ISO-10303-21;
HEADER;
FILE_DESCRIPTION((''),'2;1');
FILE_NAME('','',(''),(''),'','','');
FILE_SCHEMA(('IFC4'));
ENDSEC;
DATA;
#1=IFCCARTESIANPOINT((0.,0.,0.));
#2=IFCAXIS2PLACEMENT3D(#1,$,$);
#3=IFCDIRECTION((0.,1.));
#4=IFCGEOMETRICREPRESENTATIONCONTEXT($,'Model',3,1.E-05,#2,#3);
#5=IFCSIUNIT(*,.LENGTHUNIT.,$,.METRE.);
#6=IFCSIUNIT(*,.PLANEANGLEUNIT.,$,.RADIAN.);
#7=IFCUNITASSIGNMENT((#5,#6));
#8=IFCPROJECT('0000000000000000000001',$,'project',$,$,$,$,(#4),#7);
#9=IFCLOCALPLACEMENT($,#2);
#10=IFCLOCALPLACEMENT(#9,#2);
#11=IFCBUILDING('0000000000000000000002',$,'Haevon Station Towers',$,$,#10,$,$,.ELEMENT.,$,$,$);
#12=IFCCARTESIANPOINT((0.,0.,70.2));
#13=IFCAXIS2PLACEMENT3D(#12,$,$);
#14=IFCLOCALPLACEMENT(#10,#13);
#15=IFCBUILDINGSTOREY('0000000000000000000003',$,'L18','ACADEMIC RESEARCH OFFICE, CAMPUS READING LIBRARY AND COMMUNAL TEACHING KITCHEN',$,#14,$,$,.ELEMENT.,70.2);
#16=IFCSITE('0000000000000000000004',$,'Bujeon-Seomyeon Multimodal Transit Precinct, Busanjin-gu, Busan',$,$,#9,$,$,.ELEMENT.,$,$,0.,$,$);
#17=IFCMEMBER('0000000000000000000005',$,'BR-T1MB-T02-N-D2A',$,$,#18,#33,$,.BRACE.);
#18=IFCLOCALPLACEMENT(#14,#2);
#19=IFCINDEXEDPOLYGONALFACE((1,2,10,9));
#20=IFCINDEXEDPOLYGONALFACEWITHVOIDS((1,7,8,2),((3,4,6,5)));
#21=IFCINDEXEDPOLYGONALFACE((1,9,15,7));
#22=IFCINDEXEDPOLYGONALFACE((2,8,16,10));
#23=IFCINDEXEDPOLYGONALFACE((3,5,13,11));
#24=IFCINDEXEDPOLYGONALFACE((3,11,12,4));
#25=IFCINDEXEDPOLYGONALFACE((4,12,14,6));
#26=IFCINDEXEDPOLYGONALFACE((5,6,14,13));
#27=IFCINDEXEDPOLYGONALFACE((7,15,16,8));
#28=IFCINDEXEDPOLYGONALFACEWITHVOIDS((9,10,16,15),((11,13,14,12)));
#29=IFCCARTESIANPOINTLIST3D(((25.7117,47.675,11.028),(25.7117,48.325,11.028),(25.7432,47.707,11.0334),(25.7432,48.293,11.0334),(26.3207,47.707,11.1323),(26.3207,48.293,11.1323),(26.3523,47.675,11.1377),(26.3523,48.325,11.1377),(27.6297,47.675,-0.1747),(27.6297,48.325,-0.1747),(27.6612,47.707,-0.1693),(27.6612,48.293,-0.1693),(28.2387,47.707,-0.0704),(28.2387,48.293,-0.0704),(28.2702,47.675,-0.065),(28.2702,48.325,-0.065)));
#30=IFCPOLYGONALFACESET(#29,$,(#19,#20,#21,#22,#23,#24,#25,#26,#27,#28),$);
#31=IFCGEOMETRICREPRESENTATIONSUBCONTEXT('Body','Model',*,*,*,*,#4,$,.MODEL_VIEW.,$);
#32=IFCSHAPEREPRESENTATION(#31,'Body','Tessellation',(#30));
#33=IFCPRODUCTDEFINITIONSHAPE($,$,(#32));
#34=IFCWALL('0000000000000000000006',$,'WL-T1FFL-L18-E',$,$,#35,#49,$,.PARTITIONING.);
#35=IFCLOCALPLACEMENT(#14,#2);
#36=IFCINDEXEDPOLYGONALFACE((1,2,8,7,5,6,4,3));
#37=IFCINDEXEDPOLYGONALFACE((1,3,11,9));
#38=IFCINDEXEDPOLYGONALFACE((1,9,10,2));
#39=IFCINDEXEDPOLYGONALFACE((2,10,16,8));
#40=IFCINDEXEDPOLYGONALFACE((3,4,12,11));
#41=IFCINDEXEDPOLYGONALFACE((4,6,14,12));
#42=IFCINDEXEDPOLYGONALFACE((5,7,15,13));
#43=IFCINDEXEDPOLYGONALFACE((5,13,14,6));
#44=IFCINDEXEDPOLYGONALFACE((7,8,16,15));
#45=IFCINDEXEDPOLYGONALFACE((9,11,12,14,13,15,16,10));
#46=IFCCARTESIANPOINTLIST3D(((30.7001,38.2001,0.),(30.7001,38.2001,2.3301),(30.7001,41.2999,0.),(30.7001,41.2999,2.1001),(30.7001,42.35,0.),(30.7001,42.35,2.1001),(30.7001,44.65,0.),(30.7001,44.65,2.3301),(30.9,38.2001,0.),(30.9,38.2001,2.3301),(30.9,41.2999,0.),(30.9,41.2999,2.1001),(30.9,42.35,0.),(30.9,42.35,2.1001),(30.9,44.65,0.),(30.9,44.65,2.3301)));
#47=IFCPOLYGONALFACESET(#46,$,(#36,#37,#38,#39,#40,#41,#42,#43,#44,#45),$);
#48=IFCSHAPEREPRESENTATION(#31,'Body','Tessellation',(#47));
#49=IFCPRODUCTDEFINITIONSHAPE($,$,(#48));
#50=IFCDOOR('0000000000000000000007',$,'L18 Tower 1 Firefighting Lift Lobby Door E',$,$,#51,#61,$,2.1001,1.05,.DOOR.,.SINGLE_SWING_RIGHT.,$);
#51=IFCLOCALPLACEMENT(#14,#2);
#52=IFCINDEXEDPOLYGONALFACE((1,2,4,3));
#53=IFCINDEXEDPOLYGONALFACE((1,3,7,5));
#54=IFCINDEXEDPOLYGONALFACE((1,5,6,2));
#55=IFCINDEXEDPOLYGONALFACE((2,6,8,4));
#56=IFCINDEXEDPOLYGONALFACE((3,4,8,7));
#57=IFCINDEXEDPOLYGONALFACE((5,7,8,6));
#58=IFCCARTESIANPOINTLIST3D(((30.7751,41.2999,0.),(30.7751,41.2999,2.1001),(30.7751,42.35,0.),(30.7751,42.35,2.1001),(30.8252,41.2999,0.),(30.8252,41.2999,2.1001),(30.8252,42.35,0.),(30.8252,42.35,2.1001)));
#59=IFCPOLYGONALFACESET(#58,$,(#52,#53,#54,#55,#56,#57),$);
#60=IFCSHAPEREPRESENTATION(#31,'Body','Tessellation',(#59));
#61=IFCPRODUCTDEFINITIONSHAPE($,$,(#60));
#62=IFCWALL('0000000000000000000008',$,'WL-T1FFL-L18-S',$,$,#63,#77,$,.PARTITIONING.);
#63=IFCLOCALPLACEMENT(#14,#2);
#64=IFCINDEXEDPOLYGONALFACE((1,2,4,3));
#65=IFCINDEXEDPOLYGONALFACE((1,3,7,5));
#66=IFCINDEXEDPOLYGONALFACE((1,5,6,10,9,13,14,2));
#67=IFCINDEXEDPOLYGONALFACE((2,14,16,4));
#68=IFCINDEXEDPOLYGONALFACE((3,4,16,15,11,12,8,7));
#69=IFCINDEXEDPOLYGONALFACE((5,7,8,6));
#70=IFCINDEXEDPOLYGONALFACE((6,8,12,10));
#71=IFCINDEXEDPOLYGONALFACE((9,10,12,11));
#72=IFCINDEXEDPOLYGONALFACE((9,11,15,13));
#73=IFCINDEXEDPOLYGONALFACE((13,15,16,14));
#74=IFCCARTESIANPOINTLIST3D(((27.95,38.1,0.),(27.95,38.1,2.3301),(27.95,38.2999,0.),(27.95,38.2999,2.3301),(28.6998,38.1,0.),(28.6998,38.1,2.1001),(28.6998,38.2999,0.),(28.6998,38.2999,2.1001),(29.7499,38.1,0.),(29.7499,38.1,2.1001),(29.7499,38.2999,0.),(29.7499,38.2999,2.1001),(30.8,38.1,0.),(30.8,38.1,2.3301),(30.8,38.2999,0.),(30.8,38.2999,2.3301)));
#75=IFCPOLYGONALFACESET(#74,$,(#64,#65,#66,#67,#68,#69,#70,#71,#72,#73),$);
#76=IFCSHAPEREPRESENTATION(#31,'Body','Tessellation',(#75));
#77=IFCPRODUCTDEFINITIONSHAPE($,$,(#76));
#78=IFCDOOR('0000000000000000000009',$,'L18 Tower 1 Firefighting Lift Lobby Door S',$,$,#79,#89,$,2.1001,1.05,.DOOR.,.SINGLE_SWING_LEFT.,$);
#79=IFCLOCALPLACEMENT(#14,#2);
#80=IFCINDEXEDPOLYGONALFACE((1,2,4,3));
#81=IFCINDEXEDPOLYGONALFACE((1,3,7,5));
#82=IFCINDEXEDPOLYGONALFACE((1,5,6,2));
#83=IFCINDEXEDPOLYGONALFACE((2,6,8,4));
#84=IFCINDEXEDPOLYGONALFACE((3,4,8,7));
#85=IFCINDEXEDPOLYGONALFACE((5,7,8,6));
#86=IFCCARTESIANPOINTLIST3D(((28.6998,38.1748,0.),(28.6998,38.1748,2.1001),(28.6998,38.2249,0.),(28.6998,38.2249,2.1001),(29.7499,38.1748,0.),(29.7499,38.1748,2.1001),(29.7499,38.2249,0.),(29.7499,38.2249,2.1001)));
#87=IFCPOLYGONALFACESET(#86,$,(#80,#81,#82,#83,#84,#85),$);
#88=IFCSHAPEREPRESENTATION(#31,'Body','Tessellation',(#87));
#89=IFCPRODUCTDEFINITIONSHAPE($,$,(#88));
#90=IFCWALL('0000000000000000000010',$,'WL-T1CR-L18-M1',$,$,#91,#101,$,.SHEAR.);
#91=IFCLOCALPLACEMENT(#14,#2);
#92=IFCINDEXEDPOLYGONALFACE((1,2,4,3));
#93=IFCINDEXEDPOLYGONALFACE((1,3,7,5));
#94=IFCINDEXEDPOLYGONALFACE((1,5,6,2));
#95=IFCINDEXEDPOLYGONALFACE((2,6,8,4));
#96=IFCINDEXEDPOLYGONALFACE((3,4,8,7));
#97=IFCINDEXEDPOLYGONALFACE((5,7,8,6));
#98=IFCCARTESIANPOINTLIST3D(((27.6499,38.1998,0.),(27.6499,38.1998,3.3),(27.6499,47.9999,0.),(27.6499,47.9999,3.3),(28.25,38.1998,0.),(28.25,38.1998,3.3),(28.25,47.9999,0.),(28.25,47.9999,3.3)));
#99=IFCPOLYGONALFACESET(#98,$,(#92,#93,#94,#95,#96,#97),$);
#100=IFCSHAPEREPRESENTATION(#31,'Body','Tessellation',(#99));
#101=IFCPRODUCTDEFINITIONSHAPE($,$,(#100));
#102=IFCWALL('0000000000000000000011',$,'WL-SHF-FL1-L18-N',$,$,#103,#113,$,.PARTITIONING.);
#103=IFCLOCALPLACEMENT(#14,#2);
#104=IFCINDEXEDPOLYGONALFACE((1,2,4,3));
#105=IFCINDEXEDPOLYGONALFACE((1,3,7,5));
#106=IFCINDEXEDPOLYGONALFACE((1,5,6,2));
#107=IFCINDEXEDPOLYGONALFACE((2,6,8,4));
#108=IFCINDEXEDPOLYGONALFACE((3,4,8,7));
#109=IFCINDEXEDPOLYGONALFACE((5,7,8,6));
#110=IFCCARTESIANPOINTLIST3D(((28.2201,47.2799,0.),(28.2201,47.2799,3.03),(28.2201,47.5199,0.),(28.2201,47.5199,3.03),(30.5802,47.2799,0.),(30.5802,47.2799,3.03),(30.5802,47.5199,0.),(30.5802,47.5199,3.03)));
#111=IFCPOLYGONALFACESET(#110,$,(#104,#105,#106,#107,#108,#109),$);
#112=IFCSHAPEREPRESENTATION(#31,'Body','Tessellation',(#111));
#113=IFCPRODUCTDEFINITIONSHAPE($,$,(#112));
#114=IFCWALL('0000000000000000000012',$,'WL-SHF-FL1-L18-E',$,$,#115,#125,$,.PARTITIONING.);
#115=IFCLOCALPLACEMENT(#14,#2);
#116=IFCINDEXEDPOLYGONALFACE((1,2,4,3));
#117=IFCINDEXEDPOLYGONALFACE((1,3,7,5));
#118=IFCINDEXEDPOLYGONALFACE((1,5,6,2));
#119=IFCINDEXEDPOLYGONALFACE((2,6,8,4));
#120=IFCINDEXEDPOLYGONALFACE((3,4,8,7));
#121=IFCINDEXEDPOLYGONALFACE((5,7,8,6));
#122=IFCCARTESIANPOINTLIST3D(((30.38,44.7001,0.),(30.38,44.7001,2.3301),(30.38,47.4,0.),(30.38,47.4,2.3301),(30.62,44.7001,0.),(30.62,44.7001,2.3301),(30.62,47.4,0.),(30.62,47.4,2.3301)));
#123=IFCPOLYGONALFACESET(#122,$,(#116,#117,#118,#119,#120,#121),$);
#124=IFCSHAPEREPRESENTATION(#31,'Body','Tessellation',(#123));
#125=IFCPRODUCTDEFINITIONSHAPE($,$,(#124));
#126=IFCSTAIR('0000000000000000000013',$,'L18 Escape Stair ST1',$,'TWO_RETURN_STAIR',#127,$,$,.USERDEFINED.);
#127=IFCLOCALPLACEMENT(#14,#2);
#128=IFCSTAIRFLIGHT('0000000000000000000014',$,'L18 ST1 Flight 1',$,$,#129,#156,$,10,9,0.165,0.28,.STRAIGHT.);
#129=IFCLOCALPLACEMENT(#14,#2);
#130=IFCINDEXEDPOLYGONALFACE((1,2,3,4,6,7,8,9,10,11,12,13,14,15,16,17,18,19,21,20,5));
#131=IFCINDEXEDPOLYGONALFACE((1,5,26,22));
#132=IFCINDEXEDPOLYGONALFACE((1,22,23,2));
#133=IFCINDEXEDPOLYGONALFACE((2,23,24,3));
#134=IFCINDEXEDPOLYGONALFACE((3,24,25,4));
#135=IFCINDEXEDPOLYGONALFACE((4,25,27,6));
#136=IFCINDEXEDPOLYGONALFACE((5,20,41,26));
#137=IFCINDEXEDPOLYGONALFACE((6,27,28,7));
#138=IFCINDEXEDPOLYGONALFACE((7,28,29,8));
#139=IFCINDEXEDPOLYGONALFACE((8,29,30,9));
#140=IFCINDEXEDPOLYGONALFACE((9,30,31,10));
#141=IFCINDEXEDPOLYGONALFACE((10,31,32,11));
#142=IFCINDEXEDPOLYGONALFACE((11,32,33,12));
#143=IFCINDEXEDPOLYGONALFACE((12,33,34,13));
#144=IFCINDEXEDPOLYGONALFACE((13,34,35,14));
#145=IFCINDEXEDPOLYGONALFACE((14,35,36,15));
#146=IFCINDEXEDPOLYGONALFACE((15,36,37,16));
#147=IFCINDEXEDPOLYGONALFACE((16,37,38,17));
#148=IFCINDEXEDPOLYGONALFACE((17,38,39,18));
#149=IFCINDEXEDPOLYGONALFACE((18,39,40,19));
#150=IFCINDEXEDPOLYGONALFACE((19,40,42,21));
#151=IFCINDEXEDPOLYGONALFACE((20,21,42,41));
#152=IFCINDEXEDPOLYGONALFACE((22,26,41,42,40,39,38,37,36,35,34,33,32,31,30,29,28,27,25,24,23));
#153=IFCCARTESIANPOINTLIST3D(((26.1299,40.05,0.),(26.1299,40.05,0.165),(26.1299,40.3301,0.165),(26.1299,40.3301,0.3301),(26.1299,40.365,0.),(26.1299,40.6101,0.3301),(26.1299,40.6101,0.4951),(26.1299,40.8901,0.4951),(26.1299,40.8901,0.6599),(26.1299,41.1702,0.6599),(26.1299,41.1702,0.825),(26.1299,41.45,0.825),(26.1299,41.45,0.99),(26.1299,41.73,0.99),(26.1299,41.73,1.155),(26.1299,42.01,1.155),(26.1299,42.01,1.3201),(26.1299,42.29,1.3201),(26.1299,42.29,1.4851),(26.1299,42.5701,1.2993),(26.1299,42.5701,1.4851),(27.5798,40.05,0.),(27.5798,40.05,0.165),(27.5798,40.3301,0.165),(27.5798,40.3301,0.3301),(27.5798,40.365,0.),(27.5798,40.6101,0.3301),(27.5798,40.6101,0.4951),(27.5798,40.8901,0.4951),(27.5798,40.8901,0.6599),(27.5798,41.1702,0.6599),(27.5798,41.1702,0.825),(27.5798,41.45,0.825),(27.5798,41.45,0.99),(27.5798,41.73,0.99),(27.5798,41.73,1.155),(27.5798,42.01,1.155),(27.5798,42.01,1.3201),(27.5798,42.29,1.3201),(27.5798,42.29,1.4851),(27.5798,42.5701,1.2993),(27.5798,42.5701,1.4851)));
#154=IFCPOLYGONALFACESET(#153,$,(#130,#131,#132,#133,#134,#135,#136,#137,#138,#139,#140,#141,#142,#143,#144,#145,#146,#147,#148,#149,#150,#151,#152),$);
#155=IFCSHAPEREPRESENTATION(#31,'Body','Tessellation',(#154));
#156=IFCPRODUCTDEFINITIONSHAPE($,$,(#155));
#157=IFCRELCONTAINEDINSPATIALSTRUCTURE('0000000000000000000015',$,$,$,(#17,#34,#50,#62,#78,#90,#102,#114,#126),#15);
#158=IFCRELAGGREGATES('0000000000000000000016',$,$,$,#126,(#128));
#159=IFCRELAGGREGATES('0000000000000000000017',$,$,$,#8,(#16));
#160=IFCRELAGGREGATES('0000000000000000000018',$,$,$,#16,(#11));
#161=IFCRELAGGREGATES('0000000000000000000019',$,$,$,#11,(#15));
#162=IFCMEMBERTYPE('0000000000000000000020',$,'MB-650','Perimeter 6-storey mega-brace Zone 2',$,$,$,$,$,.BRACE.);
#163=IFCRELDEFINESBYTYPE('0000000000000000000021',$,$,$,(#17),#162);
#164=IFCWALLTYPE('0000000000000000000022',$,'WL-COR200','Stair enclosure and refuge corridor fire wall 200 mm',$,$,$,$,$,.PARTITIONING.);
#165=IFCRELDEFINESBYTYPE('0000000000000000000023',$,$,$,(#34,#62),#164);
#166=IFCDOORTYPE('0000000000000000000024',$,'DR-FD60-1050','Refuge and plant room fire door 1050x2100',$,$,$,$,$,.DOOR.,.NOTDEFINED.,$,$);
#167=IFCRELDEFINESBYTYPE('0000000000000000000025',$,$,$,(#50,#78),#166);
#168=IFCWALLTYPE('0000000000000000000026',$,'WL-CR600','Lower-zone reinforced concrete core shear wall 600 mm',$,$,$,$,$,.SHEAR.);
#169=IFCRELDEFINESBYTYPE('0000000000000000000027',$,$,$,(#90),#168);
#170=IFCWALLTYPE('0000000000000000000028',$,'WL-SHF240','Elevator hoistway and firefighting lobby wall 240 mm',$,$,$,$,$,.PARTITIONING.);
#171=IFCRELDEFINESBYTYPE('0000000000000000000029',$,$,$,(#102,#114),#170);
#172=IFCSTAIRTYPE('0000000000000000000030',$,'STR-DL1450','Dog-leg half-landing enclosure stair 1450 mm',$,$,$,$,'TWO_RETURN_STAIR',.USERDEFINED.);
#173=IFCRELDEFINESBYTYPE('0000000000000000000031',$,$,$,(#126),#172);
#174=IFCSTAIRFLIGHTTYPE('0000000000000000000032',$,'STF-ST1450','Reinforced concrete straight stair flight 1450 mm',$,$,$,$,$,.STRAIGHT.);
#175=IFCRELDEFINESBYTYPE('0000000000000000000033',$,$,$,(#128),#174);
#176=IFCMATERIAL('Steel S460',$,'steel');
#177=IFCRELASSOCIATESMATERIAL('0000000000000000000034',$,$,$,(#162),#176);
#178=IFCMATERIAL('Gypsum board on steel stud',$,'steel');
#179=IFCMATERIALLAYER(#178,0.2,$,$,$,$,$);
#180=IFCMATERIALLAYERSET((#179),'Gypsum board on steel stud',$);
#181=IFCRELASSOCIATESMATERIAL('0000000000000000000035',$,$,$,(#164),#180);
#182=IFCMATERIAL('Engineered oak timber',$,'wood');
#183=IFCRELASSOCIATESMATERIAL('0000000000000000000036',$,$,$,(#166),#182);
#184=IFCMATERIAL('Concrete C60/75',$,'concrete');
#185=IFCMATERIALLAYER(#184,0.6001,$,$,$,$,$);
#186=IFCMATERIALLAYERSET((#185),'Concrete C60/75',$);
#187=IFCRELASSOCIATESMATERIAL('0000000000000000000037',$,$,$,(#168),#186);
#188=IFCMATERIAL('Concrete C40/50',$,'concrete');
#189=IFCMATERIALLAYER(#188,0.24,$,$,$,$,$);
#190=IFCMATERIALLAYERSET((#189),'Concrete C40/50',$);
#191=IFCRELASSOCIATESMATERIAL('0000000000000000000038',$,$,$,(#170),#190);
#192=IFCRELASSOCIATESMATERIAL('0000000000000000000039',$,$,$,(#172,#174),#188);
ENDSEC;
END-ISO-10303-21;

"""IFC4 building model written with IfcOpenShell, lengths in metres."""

from ifc_helpers import new_model, si_unit, direction, frame, frame_2d, origin, origin_2d, place, context, subcontext, project, spatial, polyline, rectangle, hollow_rectangle, outline, extrude, material, layer, layer_set, material_profile, profile_set, type_object, element, fill, aggregate, save


model = new_model("IFC4")

# Units and contexts
model_context = context("Model", 3, precision=1e-05, world=origin(), true_north=direction((0.0, 1.0)))
body_context = subcontext(model_context, "Body", "Model", "MODEL_VIEW")
ifc_project = project(units=[si_unit("LENGTHUNIT", "METRE"), si_unit("PLANEANGLEUNIT", "RADIAN")], contexts=[model_context])

# Site, building, storey
site_placement = place(None, origin())
site = spatial("IfcSite", under=ifc_project, at=site_placement, Name="Bujeon-Seomyeon Multimodal Transit Precinct, Busanjin-gu, Busan", CompositionType="ELEMENT", RefElevation=0.0)
building_placement = place(site_placement, origin())
building = spatial("IfcBuilding", under=site, at=building_placement, Name="Haevon Station Towers", CompositionType="ELEMENT")
storey_placement = place(building_placement, frame((0.0, 0.0, 70.2)))
storey = spatial("IfcBuildingStorey", under=building, at=storey_placement, Name="L18", Description="ACADEMIC RESEARCH OFFICE, CAMPUS READING LIBRARY AND COMMUNAL TEACHING KITCHEN", CompositionType="ELEMENT", Elevation=70.2)

# Shared definitions
ifc_material_1 = material(Name="Steel S460", Category="steel")

# Member
ifc_material_profile_1 = material_profile(ifc_material_1, hollow_rectangle(XDim=0.6499, YDim=0.6499, WallThickness=0.032, at=origin_2d()), Name="RHS-650x650x32")
ifc_profile_set_1 = profile_set([ifc_material_profile_1], Name="Steel S460")
member_type = type_object("IfcMemberType", Name="MB-650", Description="Perimeter 6-storey mega-brace Zone 2", PredefinedType="BRACE", material=ifc_profile_set_1)
member_placement = place(storey_placement, frame((27.95, 48.0, -0.1199), z_axis=(-0.168752, 0.0, 0.985659), x_axis=(0.0, -1.0, 0.0)))
element("IfcMember", 1, at=member_placement, inside=storey, type_object=member_type, Name="BR-T1MB-T02-N-D2A", PredefinedType="BRACE", context=body_context, shape_type="SweptSolid", body=[
    extrude(hollow_rectangle(XDim=0.6499, YDim=0.6499, WallThickness=0.032, at=origin_2d()), origin(), (0.0, 0.0, 1.0), 11.3657),
])

# Walls, openings, doors
ifc_material_2 = material(Name="Gypsum board on steel stud", Category="steel")
ifc_layer_1 = layer(ifc_material_2, 0.2)
ifc_layer_set_1 = layer_set([ifc_layer_1], Name="Gypsum board on steel stud")
wall_type_1 = type_object("IfcWallType", Name="WL-COR200", Description="Stair enclosure and refuge corridor fire wall 200 mm", PredefinedType="PARTITIONING", material=ifc_layer_set_1)
wall_1_placement = place(storey_placement, frame((30.8, 38.2, 0.0), z_axis=(0.0, 0.0, 1.0), x_axis=(0.0, 1.0, 0.0)))
wall_1 = element("IfcWall", 2, at=wall_1_placement, inside=storey, type_object=wall_type_1, Name="WL-T1FFL-L18-E", PredefinedType="PARTITIONING", context=body_context, shape_type="SweptSolid", body=[
    extrude(rectangle(XDim=6.45, YDim=0.2, at=frame_2d((3.2251, 0.0))), origin(), (0.0, 0.0, 1.0), 2.3301),
])
opening_1_placement = place(wall_1_placement, frame((3.1001, 0.0, 0.0)))
opening_1 = element("IfcOpeningElement", 3, at=opening_1_placement, cuts=wall_1, PredefinedType="OPENING", context=body_context, shape_type="SweptSolid", body=[
    extrude(rectangle(XDim=1.05, YDim=2.1001, at=frame_2d((0.5249, 1.05))), frame((0.0, 0.1099, 0.0), z_axis=(0.0, -1.0, 0.0), x_axis=(1.0, 0.0, 0.0)), (0.0, 0.0, 1.0), 0.22),
])
ifc_material_3 = material(Name="Engineered oak timber", Category="wood")
door_type_1 = type_object("IfcDoorType", Name="DR-FD60-1050", Description="Refuge and plant room fire door 1050x2100", OperationType="NOTDEFINED", PredefinedType="DOOR", material=ifc_material_3)
door_1_placement = place(opening_1_placement, origin())
door_1 = element("IfcDoor", 4, at=door_1_placement, inside=storey, type_object=door_type_1, Name="L18 Tower 1 Firefighting Lift Lobby Door E", OperationType="SINGLE_SWING_RIGHT", OverallHeight=2.1001, OverallWidth=1.05, PredefinedType="DOOR", context=body_context, shape_type="SweptSolid", body=[
    extrude(rectangle(XDim=1.05, YDim=2.1001, at=frame_2d((0.5249, 1.05))), frame((0.0, 0.0249, 0.0), z_axis=(0.0, -1.0, 0.0), x_axis=(1.0, 0.0, 0.0)), (0.0, 0.0, 1.0), 0.05),
])
fill(opening_1, door_1)
wall_2_placement = place(storey_placement, frame((27.95, 38.2, 0.0), z_axis=(0.0, 0.0, 1.0), x_axis=(1.0, 0.0, 0.0)))
wall_2 = element("IfcWall", 5, at=wall_2_placement, inside=storey, type_object=wall_type_1, Name="WL-T1FFL-L18-S", PredefinedType="PARTITIONING", context=body_context, shape_type="SweptSolid", body=[
    extrude(rectangle(XDim=2.8501, YDim=0.2, at=frame_2d((1.425, 0.0))), origin(), (0.0, 0.0, 1.0), 2.3301),
])
opening_2_placement = place(wall_2_placement, frame((0.75, 0.0, 0.0)))
opening_2 = element("IfcOpeningElement", 6, at=opening_2_placement, cuts=wall_2, PredefinedType="OPENING", context=body_context, shape_type="SweptSolid", body=[
    extrude(rectangle(XDim=1.05, YDim=2.1001, at=frame_2d((0.5249, 1.05))), frame((0.0, 0.1099, 0.0), z_axis=(0.0, -1.0, 0.0), x_axis=(1.0, 0.0, 0.0)), (0.0, 0.0, 1.0), 0.22),
])
door_2_placement = place(opening_2_placement, origin())
door_2 = element("IfcDoor", 7, at=door_2_placement, inside=storey, type_object=door_type_1, Name="L18 Tower 1 Firefighting Lift Lobby Door S", OperationType="SINGLE_SWING_LEFT", OverallHeight=2.1001, OverallWidth=1.05, PredefinedType="DOOR", context=body_context, shape_type="SweptSolid", body=[
    extrude(rectangle(XDim=1.05, YDim=2.1001, at=frame_2d((0.5249, 1.05))), frame((0.0, 0.0249, 0.0), z_axis=(0.0, -1.0, 0.0), x_axis=(1.0, 0.0, 0.0)), (0.0, 0.0, 1.0), 0.05),
])
fill(opening_2, door_2)

# Wall
ifc_material_4 = material(Name="Concrete C60/75", Category="concrete")
ifc_layer_2 = layer(ifc_material_4, 0.6001)
ifc_layer_set_2 = layer_set([ifc_layer_2], Name="Concrete C60/75")
wall_type_2 = type_object("IfcWallType", Name="WL-CR600", Description="Lower-zone reinforced concrete core shear wall 600 mm", PredefinedType="SHEAR", material=ifc_layer_set_2)
wall_3_placement = place(storey_placement, frame((27.95, 38.2, 0.0), z_axis=(0.0, 0.0, 1.0), x_axis=(0.0, 1.0, 0.0)))
element("IfcWall", 8, at=wall_3_placement, inside=storey, type_object=wall_type_2, Name="WL-T1CR-L18-M1", PredefinedType="SHEAR", context=body_context, shape_type="SweptSolid", body=[
    extrude(rectangle(XDim=9.8, YDim=0.6001, at=frame_2d((4.8999, 0.0))), origin(), (0.0, 0.0, 1.0), 3.3),
])

# Shared definitions
ifc_material_5 = material(Name="Concrete C40/50", Category="concrete")
ifc_layer_3 = layer(ifc_material_5, 0.24)
ifc_layer_set_3 = layer_set([ifc_layer_3], Name="Concrete C40/50")
wall_type_3 = type_object("IfcWallType", Name="WL-SHF240", Description="Elevator hoistway and firefighting lobby wall 240 mm", PredefinedType="PARTITIONING", material=ifc_layer_set_3)

# Walls
wall_4_placement = place(storey_placement, frame((28.22, 47.3999, 0.0), z_axis=(0.0, 0.0, 1.0), x_axis=(1.0, 0.0, 0.0)))
element("IfcWall", 9, at=wall_4_placement, inside=storey, type_object=wall_type_3, Name="WL-SHF-FL1-L18-N", PredefinedType="PARTITIONING", context=body_context, shape_type="SweptSolid", body=[
    extrude(rectangle(XDim=2.3601, YDim=0.24, at=frame_2d((1.1802, 0.0))), origin(), (0.0, 0.0, 1.0), 3.03),
])
wall_5_placement = place(storey_placement, frame((30.5, 44.7, 0.0), z_axis=(0.0, 0.0, 1.0), x_axis=(0.0, 1.0, 0.0)))
element("IfcWall", 10, at=wall_5_placement, inside=storey, type_object=wall_type_3, Name="WL-SHF-FL1-L18-E", PredefinedType="PARTITIONING", context=body_context, shape_type="SweptSolid", body=[
    extrude(rectangle(XDim=2.7, YDim=0.24, at=frame_2d((1.3501, 0.0))), origin(), (0.0, 0.0, 1.0), 2.3301),
])

# Stair, stair flight
stair_type = type_object("IfcStairType", Name="STR-DL1450", Description="Dog-leg half-landing enclosure stair 1450 mm", ElementType="TWO_RETURN_STAIR", PredefinedType="USERDEFINED", material=ifc_material_5)
stair_placement = place(storey_placement, origin())
stair = element("IfcStair", 11, at=stair_placement, inside=storey, type_object=stair_type, Name="L18 Escape Stair ST1", ObjectType="TWO_RETURN_STAIR", PredefinedType="USERDEFINED")
stair_flight_type = type_object("IfcStairFlightType", Name="STF-ST1450", Description="Reinforced concrete straight stair flight 1450 mm", PredefinedType="STRAIGHT", material=ifc_material_5)
stair_flight_1_placement = place(storey_placement, frame((26.855, 40.05, 0.0), z_axis=(0.0, 0.0, 1.0), x_axis=(0.0, 1.0, 0.0)))
stair_flight_1 = element("IfcStairFlight", 12, at=stair_flight_1_placement, type_object=stair_flight_type, Name="L18 ST1 Flight 1", NumberOfRisers=10, NumberOfTreads=9, PredefinedType="STRAIGHT", RiserHeight=0.165, TreadLength=0.28, context=body_context, shape_type="SweptSolid", body=[
    extrude(outline(polyline([(0.0, 0.0), (0.0, 0.165), (0.28, 0.165), (0.28, 0.3301), (0.5601, 0.3301), (0.5601, 0.4951), (0.8401, 0.4951), (0.8401, 0.6599), (1.1201, 0.6599), (1.1201, 0.825), (1.3999, 0.825), (1.3999, 0.99), (1.6799, 0.99), (1.6799, 1.155), (1.96, 1.155), (1.96, 1.3201), (2.24, 1.3201), (2.24, 1.4851), (2.52, 1.4851), (2.52, 1.6499), (2.52, 1.2993), (0.3149, 0.0), (0.0, 0.0)])), frame((0.0, 0.7251, 0.0), z_axis=(0.0, -1.0, 0.0), x_axis=(1.0, 0.0, 0.0)), (0.0, 0.0, 1.0), 1.45),
])
aggregate(stair, [stair_flight_1])

save(model, "model.ifc")
